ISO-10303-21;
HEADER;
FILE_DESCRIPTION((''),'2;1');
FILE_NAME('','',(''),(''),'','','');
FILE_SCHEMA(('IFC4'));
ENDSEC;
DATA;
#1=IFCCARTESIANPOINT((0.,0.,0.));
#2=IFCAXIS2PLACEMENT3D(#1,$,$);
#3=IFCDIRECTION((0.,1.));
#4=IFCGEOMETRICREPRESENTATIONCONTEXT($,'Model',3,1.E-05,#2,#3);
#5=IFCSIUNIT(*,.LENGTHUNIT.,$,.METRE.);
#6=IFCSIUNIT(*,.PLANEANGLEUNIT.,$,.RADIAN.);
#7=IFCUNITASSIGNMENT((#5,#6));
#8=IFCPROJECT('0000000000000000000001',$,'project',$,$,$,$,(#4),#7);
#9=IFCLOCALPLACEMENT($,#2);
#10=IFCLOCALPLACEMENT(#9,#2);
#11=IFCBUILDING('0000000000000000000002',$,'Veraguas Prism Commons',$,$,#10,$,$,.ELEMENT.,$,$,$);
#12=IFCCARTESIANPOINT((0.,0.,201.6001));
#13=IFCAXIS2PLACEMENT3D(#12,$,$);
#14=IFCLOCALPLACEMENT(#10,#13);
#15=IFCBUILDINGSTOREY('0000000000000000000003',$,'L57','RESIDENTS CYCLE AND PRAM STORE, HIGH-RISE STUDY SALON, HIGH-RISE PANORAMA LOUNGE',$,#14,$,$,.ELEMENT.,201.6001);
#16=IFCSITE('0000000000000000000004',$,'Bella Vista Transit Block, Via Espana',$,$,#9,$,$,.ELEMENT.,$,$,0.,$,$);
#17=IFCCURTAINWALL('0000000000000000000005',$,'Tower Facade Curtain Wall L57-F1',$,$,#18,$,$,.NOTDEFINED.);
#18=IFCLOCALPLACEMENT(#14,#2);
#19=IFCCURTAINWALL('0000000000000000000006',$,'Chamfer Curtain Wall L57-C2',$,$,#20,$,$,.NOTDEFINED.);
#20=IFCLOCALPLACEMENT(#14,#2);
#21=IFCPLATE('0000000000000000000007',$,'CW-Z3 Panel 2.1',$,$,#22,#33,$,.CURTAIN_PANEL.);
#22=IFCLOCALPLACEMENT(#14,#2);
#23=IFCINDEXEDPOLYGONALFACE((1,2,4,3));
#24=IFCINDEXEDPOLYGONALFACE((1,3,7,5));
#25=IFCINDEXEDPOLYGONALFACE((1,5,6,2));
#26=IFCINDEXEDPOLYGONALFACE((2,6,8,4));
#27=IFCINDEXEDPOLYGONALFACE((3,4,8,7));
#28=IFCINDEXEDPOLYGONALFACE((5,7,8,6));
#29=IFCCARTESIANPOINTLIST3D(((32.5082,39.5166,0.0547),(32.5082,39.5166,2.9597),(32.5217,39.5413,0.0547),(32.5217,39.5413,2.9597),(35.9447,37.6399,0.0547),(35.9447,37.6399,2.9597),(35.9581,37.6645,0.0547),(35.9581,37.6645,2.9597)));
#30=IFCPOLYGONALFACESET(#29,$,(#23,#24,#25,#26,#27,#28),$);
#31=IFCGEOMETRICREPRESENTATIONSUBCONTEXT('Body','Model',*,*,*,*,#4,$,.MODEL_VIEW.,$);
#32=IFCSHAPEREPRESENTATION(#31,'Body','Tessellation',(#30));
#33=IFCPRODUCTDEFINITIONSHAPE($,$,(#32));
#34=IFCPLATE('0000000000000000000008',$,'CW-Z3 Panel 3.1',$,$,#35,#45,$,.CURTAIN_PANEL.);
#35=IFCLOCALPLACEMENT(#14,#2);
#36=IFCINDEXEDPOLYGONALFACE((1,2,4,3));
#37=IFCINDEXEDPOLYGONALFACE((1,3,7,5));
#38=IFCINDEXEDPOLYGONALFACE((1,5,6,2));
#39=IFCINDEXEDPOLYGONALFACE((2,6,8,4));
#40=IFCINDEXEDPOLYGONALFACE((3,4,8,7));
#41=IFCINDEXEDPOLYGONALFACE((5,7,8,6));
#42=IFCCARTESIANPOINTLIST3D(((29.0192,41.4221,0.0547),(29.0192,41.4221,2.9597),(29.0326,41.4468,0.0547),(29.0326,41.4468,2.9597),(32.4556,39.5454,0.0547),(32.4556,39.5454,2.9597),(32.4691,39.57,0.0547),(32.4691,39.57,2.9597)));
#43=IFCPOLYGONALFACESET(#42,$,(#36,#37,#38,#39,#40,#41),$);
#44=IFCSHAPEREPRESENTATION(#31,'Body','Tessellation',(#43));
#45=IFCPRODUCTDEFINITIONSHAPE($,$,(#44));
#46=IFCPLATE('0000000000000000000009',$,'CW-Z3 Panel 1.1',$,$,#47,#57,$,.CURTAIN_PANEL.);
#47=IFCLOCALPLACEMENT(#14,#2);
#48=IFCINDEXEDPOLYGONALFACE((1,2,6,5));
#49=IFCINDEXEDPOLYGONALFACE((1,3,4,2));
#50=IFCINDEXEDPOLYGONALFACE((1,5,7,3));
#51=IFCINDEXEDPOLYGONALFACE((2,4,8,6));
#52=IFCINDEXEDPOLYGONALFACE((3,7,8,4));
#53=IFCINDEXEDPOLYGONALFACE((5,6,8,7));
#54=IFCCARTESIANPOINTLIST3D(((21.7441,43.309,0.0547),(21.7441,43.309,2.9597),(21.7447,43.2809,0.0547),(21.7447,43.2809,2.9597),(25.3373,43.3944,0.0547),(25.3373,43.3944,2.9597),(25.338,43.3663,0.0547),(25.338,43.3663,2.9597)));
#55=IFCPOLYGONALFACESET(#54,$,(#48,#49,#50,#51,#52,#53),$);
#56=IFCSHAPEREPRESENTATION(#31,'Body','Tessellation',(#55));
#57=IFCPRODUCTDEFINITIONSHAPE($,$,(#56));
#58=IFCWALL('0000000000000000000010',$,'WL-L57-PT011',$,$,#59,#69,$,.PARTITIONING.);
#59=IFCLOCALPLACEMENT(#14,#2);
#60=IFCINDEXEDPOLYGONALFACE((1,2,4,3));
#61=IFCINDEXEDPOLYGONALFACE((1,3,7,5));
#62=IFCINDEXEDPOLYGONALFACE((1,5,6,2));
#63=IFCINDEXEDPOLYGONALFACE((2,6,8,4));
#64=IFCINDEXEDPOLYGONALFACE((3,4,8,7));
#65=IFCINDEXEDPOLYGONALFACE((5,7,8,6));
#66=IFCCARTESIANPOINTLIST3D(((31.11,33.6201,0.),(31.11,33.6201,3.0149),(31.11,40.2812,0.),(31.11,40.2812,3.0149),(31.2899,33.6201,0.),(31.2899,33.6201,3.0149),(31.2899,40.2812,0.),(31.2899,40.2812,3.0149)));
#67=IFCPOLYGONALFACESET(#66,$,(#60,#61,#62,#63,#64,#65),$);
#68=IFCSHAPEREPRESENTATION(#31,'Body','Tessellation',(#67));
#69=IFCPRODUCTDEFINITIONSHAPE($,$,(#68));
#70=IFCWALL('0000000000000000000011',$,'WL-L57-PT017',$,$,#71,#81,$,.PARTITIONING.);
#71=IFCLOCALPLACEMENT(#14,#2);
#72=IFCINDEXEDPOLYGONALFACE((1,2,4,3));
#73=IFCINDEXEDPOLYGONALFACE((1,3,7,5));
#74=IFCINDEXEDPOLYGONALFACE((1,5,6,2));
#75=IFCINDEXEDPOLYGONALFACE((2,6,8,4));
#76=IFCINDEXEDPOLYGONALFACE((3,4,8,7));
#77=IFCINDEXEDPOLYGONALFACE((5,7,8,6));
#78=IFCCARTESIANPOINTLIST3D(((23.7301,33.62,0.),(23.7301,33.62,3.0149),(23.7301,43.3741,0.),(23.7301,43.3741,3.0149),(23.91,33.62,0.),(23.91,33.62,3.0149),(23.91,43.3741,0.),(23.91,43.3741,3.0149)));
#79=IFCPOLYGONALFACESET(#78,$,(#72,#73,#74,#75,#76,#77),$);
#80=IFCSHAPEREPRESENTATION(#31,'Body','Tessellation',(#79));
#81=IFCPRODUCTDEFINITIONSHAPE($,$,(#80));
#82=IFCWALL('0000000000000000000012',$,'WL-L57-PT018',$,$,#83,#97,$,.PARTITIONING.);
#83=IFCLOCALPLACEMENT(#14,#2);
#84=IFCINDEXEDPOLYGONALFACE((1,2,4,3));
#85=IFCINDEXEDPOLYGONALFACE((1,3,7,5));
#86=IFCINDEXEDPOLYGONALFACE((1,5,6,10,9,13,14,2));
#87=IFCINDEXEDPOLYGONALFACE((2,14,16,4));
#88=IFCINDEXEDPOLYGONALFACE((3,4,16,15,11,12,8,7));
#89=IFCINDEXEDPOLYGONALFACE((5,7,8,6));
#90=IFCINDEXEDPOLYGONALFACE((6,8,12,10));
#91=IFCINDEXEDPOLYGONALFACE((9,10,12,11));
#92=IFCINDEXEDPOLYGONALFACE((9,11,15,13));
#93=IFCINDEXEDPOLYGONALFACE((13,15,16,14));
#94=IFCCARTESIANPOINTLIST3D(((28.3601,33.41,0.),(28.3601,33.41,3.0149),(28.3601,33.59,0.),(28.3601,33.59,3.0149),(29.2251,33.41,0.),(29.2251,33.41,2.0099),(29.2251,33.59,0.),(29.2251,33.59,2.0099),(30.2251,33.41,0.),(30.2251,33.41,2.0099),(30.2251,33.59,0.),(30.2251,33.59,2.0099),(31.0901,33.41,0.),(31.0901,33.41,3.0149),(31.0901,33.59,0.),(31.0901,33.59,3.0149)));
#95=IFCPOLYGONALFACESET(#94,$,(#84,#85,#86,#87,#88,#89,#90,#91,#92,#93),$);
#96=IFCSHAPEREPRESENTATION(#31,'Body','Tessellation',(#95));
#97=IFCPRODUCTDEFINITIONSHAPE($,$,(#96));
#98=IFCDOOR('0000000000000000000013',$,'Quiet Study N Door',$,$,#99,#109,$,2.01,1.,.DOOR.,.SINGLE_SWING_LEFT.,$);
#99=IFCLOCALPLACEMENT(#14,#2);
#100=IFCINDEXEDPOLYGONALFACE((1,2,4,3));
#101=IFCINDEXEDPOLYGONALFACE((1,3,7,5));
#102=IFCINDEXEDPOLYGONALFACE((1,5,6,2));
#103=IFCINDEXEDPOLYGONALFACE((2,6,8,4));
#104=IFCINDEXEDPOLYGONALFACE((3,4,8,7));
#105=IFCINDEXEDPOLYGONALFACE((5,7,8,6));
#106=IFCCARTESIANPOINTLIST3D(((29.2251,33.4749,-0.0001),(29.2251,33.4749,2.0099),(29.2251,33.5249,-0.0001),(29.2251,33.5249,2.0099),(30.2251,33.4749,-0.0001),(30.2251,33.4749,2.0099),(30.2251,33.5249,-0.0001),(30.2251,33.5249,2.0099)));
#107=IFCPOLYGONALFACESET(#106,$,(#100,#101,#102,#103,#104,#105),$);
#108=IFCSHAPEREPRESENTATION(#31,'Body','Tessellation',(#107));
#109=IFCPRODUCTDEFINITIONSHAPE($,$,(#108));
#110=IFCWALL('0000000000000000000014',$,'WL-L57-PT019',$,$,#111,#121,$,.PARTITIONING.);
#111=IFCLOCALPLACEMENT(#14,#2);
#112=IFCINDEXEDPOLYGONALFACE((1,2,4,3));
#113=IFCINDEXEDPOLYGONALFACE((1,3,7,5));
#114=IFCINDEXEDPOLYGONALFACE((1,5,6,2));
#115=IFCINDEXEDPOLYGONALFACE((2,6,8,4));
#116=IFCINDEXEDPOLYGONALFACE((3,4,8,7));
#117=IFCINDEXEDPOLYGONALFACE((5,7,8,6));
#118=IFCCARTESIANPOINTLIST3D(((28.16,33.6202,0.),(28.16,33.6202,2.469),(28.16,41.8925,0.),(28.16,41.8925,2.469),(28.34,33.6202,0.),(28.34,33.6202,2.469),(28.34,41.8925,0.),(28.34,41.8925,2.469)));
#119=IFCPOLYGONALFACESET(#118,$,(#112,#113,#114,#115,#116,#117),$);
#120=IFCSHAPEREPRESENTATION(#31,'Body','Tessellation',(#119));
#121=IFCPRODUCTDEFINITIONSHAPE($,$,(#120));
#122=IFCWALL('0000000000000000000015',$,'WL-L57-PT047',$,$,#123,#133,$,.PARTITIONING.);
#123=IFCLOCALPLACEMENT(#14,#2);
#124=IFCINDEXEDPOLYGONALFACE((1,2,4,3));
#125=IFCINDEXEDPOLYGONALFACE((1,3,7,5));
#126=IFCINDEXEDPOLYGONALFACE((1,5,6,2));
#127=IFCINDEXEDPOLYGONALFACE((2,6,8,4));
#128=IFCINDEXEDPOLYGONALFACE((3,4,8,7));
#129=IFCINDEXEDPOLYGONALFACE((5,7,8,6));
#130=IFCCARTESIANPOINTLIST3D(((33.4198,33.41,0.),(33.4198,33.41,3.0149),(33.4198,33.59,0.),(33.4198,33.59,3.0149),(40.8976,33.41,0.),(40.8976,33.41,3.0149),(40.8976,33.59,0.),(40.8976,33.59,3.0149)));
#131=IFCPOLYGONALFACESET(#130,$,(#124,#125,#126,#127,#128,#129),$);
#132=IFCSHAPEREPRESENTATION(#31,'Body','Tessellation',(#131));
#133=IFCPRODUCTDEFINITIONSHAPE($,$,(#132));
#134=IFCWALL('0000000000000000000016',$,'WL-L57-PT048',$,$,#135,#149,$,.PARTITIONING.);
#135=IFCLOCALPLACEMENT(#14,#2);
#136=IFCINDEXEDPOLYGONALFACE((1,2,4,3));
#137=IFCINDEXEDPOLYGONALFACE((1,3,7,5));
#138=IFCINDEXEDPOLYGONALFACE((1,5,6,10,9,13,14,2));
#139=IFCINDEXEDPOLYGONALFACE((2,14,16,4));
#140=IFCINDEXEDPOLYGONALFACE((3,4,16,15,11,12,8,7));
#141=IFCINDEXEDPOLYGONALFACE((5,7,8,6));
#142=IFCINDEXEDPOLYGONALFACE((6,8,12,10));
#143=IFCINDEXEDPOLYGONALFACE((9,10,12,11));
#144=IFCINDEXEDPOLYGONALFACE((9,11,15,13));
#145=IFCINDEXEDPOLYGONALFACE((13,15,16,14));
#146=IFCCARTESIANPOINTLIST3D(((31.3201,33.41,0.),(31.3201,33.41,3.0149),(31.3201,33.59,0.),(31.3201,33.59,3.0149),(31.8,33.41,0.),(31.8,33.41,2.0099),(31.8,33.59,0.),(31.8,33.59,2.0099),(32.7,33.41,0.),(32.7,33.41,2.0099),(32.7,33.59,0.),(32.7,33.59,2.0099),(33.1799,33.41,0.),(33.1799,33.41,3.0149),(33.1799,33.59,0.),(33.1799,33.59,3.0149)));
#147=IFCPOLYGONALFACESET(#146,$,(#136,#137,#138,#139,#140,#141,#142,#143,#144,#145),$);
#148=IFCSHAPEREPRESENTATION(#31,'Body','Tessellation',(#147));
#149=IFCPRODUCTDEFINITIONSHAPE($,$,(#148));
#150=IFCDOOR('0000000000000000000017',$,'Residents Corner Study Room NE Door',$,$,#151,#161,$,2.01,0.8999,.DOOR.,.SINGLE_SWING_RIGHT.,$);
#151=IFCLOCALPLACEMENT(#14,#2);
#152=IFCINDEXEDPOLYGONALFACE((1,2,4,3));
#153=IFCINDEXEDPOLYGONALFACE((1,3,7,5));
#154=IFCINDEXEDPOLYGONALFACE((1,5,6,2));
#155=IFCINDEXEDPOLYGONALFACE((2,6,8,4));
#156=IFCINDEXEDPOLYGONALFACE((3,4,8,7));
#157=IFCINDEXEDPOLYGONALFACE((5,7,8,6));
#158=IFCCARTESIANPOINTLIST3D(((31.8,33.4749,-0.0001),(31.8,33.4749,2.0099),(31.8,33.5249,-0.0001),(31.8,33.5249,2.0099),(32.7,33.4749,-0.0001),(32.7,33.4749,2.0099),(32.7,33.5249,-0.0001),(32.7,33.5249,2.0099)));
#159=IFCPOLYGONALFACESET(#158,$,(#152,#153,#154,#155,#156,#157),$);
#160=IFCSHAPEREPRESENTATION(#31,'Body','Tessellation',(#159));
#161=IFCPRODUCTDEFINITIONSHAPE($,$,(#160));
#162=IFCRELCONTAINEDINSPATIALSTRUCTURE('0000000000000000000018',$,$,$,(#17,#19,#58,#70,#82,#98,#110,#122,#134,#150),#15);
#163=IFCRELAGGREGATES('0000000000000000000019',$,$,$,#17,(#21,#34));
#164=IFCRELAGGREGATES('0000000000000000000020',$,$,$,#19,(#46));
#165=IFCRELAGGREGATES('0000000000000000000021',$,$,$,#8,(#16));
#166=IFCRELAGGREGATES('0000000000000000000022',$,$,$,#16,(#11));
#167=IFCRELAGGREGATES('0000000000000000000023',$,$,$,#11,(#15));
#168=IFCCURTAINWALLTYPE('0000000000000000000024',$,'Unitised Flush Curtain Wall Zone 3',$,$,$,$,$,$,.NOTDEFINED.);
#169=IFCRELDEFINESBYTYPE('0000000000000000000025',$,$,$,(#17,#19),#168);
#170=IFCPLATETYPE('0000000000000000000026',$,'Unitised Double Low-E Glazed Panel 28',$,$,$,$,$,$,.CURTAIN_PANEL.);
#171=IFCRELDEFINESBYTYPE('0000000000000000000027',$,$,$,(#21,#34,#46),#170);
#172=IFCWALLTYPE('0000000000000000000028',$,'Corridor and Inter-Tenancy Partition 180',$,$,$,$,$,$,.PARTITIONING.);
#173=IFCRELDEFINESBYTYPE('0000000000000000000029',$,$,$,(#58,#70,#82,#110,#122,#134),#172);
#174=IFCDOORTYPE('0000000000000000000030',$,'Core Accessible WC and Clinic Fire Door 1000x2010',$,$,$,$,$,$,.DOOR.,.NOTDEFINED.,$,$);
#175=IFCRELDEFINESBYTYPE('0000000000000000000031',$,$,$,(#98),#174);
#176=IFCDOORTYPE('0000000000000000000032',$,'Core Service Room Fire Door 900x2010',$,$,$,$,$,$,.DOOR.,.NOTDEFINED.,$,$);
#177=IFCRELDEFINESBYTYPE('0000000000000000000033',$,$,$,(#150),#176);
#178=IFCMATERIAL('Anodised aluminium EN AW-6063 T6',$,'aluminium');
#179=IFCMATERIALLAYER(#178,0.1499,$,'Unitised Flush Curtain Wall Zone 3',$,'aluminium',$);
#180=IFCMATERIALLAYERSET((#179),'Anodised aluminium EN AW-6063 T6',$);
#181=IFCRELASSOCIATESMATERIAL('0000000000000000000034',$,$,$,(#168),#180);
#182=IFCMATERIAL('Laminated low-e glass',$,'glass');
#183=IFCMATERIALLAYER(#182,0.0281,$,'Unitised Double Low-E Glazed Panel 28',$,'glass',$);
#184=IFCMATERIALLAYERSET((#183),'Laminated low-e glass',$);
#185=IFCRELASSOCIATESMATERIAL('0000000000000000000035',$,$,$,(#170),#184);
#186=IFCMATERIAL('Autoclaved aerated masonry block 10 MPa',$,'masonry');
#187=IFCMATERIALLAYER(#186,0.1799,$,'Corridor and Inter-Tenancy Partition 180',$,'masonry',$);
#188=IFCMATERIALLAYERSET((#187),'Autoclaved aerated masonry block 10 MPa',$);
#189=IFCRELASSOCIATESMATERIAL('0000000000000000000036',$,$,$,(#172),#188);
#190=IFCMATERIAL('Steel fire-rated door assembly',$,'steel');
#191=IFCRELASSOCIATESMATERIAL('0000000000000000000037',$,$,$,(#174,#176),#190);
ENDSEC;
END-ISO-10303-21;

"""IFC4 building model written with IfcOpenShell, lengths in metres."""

from ifc_helpers import new_model, si_unit, direction, frame, frame_2d, origin, origin_2d, place, context, subcontext, project, spatial, rectangle, extrude, source, transform, mapped, material, layer, layer_set, type_object, element, fill, aggregate, save


model = new_model("IFC4")

# Units and contexts
model_context = context("Model", 3, precision=1e-05, world=origin(), true_north=direction((0.0, 1.0)))
body_context = subcontext(model_context, "Body", "Model", "MODEL_VIEW")
ifc_project = project(units=[si_unit("LENGTHUNIT", "METRE"), si_unit("PLANEANGLEUNIT", "RADIAN")], contexts=[model_context])

# Site, building, storey
site_placement = place(None, origin())
site = spatial("IfcSite", under=ifc_project, at=site_placement, Name="Bella Vista Transit Block, Via Espana", CompositionType="ELEMENT", RefElevation=0.0)
building_placement = place(site_placement, origin())
building = spatial("IfcBuilding", under=site, at=building_placement, Name="Veraguas Prism Commons", CompositionType="ELEMENT")
storey_placement = place(building_placement, frame((0.0, 0.0, 201.6001)))
storey = spatial("IfcBuildingStorey", under=building, at=storey_placement, Name="L57", Description="RESIDENTS CYCLE AND PRAM STORE, HIGH-RISE STUDY SALON, HIGH-RISE PANORAMA LOUNGE", CompositionType="ELEMENT", Elevation=201.6001)

# Curtain walls
ifc_material_1 = material(Name="Anodised aluminium EN AW-6063 T6", Category="aluminium")
ifc_layer_1 = layer(ifc_material_1, 0.1499, Name="Unitised Flush Curtain Wall Zone 3", Category="aluminium")
ifc_layer_set_1 = layer_set([ifc_layer_1], Name="Anodised aluminium EN AW-6063 T6")
curtain_wall_type = type_object("IfcCurtainWallType", Name="Unitised Flush Curtain Wall Zone 3", PredefinedType="NOTDEFINED", material=ifc_layer_set_1)
curtain_wall_1_placement = place(storey_placement, origin())
curtain_wall_1 = element("IfcCurtainWall", 1, at=curtain_wall_1_placement, inside=storey, type_object=curtain_wall_type, Name="Tower Facade Curtain Wall L57-F1", PredefinedType="NOTDEFINED")
curtain_wall_2_placement = place(storey_placement, origin())
curtain_wall_2 = element("IfcCurtainWall", 2, at=curtain_wall_2_placement, inside=storey, type_object=curtain_wall_type, Name="Chamfer Curtain Wall L57-C2", PredefinedType="NOTDEFINED")

# Plates
ifc_material_2 = material(Name="Laminated low-e glass", Category="glass")
ifc_layer_2 = layer(ifc_material_2, 0.0281, Name="Unitised Double Low-E Glazed Panel 28", Category="glass")
ifc_layer_set_2 = layer_set([ifc_layer_2], Name="Laminated low-e glass")
plate_type = type_object("IfcPlateType", Name="Unitised Double Low-E Glazed Panel 28", PredefinedType="CURTAIN_PANEL", material=ifc_layer_set_2)
shared_shape_1 = source(origin(), body_context, "Body", "SweptSolid", [
    extrude(rectangle(XDim=3.9155, YDim=0.0281, at=origin_2d()), origin(), (0.0, 0.0, 1.0), 2.905),
])
plate_1_placement = place(storey_placement, frame((34.2332, 38.5906, 0.0547), z_axis=(0.0, 0.0, 1.0), x_axis=(-0.877647, 0.479308, 0.0)))
plate_1 = element("IfcPlate", 3, at=plate_1_placement, type_object=plate_type, Name="CW-Z3 Panel 2.1", PredefinedType="CURTAIN_PANEL", context=body_context, shape_type="MappedRepresentation", body=[
    mapped(shared_shape_1, transform((0.0, 0.0, 0.0), scale=1.0)),
])
plate_2_placement = place(storey_placement, frame((30.7441, 40.4961, 0.0547), z_axis=(0.0, 0.0, 1.0), x_axis=(-0.877647, 0.479308, 0.0)))
plate_2 = element("IfcPlate", 4, at=plate_2_placement, type_object=plate_type, Name="CW-Z3 Panel 3.1", PredefinedType="CURTAIN_PANEL", context=body_context, shape_type="MappedRepresentation", body=[
    mapped(shared_shape_1, transform((0.0, 0.0, 0.0), scale=1.0)),
])
aggregate(curtain_wall_1, [plate_1, plate_2])
shared_shape_2 = source(origin(), body_context, "Body", "SweptSolid", [
    extrude(rectangle(XDim=3.5942, YDim=0.0281, at=origin_2d()), origin(), (0.0, 0.0, 1.0), 2.905),
])
plate_3_placement = place(storey_placement, frame((23.541, 43.3376, 0.0547), z_axis=(0.0, 0.0, 1.0), x_axis=(-0.999718, -0.023746, 0.0)))
plate_3 = element("IfcPlate", 5, at=plate_3_placement, type_object=plate_type, Name="CW-Z3 Panel 1.1", PredefinedType="CURTAIN_PANEL", context=body_context, shape_type="MappedRepresentation", body=[
    mapped(shared_shape_2, transform((0.0, 0.0, 0.0), scale=1.0)),
])
aggregate(curtain_wall_2, [plate_3])

# Walls
ifc_material_3 = material(Name="Autoclaved aerated masonry block 10 MPa", Category="masonry")
ifc_layer_3 = layer(ifc_material_3, 0.1799, Name="Corridor and Inter-Tenancy Partition 180", Category="masonry")
ifc_layer_set_3 = layer_set([ifc_layer_3], Name="Autoclaved aerated masonry block 10 MPa")
wall_type_1 = type_object("IfcWallType", Name="Corridor and Inter-Tenancy Partition 180", PredefinedType="PARTITIONING", material=ifc_layer_set_3)
wall_1_placement = place(storey_placement, frame((31.2, 33.6201, 0.0), z_axis=(0.0, 0.0, 1.0), x_axis=(0.0, 1.0, 0.0)))
element("IfcWall", 6, at=wall_1_placement, inside=storey, type_object=wall_type_1, Name="WL-L57-PT011", PredefinedType="PARTITIONING", context=body_context, shape_type="SweptSolid", body=[
    extrude(rectangle(XDim=6.6611, YDim=0.1799, at=frame_2d((3.3306, 0.0))), origin(), (0.0, 0.0, 1.0), 3.0149),
])
wall_2_placement = place(storey_placement, frame((23.8201, 33.6201, 0.0), z_axis=(0.0, 0.0, 1.0), x_axis=(0.0, 1.0, 0.0)))
element("IfcWall", 7, at=wall_2_placement, inside=storey, type_object=wall_type_1, Name="WL-L57-PT017", PredefinedType="PARTITIONING", context=body_context, shape_type="SweptSolid", body=[
    extrude(rectangle(XDim=9.7542, YDim=0.1799, at=frame_2d((4.877, 0.0))), origin(), (0.0, 0.0, 1.0), 3.0149),
])

# Wall, opening, door
wall_3_placement = place(storey_placement, frame((28.3601, 33.5, 0.0), z_axis=(0.0, 0.0, 1.0), x_axis=(1.0, 0.0, 0.0)))
wall_3 = element("IfcWall", 8, at=wall_3_placement, inside=storey, type_object=wall_type_1, Name="WL-L57-PT018", PredefinedType="PARTITIONING", context=body_context, shape_type="SweptSolid", body=[
    extrude(rectangle(XDim=2.73, YDim=0.1799, at=frame_2d((1.365, 0.0))), origin(), (0.0, 0.0, 1.0), 3.0149),
])
opening_1_placement = place(wall_3_placement, frame((0.865, 0.0, 0.0)))
opening_1 = element("IfcOpeningElement", 9, at=opening_1_placement, cuts=wall_3, PredefinedType="OPENING", context=body_context, shape_type="SweptSolid", body=[
    extrude(rectangle(XDim=1.0, YDim=2.01, at=frame_2d((0.5, 1.0049))), frame((0.0, 0.0999, 0.0), z_axis=(0.0, -1.0, 0.0), x_axis=(1.0, 0.0, 0.0)), (0.0, 0.0, 1.0), 0.2),
])
ifc_material_4 = material(Name="Steel fire-rated door assembly", Category="steel")
door_type_1 = type_object("IfcDoorType", Name="Core Accessible WC and Clinic Fire Door 1000x2010", OperationType="NOTDEFINED", PredefinedType="DOOR", material=ifc_material_4)
shared_shape_3 = source(origin(), body_context, "Body", "SweptSolid", [
    extrude(rectangle(XDim=1.0, YDim=2.01, at=frame_2d((0.5, 1.0049))), frame((0.0, 0.0249, 0.0), z_axis=(0.0, -1.0, 0.0), x_axis=(1.0, 0.0, 0.0)), (0.0, 0.0, 1.0), 0.05),
])
door_1_placement = place(opening_1_placement, origin())
door_1 = element("IfcDoor", 10, at=door_1_placement, inside=storey, type_object=door_type_1, Name="Quiet Study N Door", OperationType="SINGLE_SWING_LEFT", OverallHeight=2.01, OverallWidth=1.0, PredefinedType="DOOR", context=body_context, shape_type="MappedRepresentation", body=[
    mapped(shared_shape_3, transform((0.0, 0.0, 0.0), scale=1.0)),
])
fill(opening_1, door_1)

# Walls
wall_4_placement = place(storey_placement, frame((28.25, 33.6201, 0.0), z_axis=(0.0, 0.0, 1.0), x_axis=(0.0, 1.0, 0.0)))
element("IfcWall", 11, at=wall_4_placement, inside=storey, type_object=wall_type_1, Name="WL-L57-PT019", PredefinedType="PARTITIONING", context=body_context, shape_type="SweptSolid", body=[
    extrude(rectangle(XDim=8.2722, YDim=0.1799, at=frame_2d((4.1362, 0.0))), origin(), (0.0, 0.0, 1.0), 2.469),
])
wall_5_placement = place(storey_placement, frame((33.4199, 33.5, 0.0), z_axis=(0.0, 0.0, 1.0), x_axis=(1.0, 0.0, 0.0)))
element("IfcWall", 12, at=wall_5_placement, inside=storey, type_object=wall_type_1, Name="WL-L57-PT047", PredefinedType="PARTITIONING", context=body_context, shape_type="SweptSolid", body=[
    extrude(rectangle(XDim=7.4778, YDim=0.1799, at=frame_2d((3.7388, 0.0))), origin(), (0.0, 0.0, 1.0), 3.0149),
])

# Wall, opening, door
wall_6_placement = place(storey_placement, frame((31.3201, 33.5, 0.0), z_axis=(0.0, 0.0, 1.0), x_axis=(1.0, 0.0, 0.0)))
wall_6 = element("IfcWall", 13, at=wall_6_placement, inside=storey, type_object=wall_type_1, Name="WL-L57-PT048", PredefinedType="PARTITIONING", context=body_context, shape_type="SweptSolid", body=[
    extrude(rectangle(XDim=1.8599, YDim=0.1799, at=frame_2d((0.9299, 0.0))), origin(), (0.0, 0.0, 1.0), 3.0149),
])
opening_2_placement = place(wall_6_placement, frame((0.48, 0.0, 0.0)))
opening_2 = element("IfcOpeningElement", 14, at=opening_2_placement, cuts=wall_6, PredefinedType="OPENING", context=body_context, shape_type="SweptSolid", body=[
    extrude(rectangle(XDim=0.8999, YDim=2.01, at=frame_2d((0.45, 1.0049))), frame((0.0, 0.0999, 0.0), z_axis=(0.0, -1.0, 0.0), x_axis=(1.0, 0.0, 0.0)), (0.0, 0.0, 1.0), 0.2),
])
door_type_2 = type_object("IfcDoorType", Name="Core Service Room Fire Door 900x2010", OperationType="NOTDEFINED", PredefinedType="DOOR", material=ifc_material_4)
shared_shape_4 = source(origin(), body_context, "Body", "SweptSolid", [
    extrude(rectangle(XDim=0.8999, YDim=2.01, at=frame_2d((0.45, 1.0049))), frame((0.0, 0.0249, 0.0), z_axis=(0.0, -1.0, 0.0), x_axis=(1.0, 0.0, 0.0)), (0.0, 0.0, 1.0), 0.05),
])
door_2_placement = place(opening_2_placement, origin())
door_2 = element("IfcDoor", 15, at=door_2_placement, inside=storey, type_object=door_type_2, Name="Residents Corner Study Room NE Door", OperationType="SINGLE_SWING_RIGHT", OverallHeight=2.01, OverallWidth=0.8999, PredefinedType="DOOR", context=body_context, shape_type="MappedRepresentation", body=[
    mapped(shared_shape_4, transform((0.0, 0.0, 0.0), scale=1.0)),
])
fill(opening_2, door_2)

save(model, "model.ifc")
